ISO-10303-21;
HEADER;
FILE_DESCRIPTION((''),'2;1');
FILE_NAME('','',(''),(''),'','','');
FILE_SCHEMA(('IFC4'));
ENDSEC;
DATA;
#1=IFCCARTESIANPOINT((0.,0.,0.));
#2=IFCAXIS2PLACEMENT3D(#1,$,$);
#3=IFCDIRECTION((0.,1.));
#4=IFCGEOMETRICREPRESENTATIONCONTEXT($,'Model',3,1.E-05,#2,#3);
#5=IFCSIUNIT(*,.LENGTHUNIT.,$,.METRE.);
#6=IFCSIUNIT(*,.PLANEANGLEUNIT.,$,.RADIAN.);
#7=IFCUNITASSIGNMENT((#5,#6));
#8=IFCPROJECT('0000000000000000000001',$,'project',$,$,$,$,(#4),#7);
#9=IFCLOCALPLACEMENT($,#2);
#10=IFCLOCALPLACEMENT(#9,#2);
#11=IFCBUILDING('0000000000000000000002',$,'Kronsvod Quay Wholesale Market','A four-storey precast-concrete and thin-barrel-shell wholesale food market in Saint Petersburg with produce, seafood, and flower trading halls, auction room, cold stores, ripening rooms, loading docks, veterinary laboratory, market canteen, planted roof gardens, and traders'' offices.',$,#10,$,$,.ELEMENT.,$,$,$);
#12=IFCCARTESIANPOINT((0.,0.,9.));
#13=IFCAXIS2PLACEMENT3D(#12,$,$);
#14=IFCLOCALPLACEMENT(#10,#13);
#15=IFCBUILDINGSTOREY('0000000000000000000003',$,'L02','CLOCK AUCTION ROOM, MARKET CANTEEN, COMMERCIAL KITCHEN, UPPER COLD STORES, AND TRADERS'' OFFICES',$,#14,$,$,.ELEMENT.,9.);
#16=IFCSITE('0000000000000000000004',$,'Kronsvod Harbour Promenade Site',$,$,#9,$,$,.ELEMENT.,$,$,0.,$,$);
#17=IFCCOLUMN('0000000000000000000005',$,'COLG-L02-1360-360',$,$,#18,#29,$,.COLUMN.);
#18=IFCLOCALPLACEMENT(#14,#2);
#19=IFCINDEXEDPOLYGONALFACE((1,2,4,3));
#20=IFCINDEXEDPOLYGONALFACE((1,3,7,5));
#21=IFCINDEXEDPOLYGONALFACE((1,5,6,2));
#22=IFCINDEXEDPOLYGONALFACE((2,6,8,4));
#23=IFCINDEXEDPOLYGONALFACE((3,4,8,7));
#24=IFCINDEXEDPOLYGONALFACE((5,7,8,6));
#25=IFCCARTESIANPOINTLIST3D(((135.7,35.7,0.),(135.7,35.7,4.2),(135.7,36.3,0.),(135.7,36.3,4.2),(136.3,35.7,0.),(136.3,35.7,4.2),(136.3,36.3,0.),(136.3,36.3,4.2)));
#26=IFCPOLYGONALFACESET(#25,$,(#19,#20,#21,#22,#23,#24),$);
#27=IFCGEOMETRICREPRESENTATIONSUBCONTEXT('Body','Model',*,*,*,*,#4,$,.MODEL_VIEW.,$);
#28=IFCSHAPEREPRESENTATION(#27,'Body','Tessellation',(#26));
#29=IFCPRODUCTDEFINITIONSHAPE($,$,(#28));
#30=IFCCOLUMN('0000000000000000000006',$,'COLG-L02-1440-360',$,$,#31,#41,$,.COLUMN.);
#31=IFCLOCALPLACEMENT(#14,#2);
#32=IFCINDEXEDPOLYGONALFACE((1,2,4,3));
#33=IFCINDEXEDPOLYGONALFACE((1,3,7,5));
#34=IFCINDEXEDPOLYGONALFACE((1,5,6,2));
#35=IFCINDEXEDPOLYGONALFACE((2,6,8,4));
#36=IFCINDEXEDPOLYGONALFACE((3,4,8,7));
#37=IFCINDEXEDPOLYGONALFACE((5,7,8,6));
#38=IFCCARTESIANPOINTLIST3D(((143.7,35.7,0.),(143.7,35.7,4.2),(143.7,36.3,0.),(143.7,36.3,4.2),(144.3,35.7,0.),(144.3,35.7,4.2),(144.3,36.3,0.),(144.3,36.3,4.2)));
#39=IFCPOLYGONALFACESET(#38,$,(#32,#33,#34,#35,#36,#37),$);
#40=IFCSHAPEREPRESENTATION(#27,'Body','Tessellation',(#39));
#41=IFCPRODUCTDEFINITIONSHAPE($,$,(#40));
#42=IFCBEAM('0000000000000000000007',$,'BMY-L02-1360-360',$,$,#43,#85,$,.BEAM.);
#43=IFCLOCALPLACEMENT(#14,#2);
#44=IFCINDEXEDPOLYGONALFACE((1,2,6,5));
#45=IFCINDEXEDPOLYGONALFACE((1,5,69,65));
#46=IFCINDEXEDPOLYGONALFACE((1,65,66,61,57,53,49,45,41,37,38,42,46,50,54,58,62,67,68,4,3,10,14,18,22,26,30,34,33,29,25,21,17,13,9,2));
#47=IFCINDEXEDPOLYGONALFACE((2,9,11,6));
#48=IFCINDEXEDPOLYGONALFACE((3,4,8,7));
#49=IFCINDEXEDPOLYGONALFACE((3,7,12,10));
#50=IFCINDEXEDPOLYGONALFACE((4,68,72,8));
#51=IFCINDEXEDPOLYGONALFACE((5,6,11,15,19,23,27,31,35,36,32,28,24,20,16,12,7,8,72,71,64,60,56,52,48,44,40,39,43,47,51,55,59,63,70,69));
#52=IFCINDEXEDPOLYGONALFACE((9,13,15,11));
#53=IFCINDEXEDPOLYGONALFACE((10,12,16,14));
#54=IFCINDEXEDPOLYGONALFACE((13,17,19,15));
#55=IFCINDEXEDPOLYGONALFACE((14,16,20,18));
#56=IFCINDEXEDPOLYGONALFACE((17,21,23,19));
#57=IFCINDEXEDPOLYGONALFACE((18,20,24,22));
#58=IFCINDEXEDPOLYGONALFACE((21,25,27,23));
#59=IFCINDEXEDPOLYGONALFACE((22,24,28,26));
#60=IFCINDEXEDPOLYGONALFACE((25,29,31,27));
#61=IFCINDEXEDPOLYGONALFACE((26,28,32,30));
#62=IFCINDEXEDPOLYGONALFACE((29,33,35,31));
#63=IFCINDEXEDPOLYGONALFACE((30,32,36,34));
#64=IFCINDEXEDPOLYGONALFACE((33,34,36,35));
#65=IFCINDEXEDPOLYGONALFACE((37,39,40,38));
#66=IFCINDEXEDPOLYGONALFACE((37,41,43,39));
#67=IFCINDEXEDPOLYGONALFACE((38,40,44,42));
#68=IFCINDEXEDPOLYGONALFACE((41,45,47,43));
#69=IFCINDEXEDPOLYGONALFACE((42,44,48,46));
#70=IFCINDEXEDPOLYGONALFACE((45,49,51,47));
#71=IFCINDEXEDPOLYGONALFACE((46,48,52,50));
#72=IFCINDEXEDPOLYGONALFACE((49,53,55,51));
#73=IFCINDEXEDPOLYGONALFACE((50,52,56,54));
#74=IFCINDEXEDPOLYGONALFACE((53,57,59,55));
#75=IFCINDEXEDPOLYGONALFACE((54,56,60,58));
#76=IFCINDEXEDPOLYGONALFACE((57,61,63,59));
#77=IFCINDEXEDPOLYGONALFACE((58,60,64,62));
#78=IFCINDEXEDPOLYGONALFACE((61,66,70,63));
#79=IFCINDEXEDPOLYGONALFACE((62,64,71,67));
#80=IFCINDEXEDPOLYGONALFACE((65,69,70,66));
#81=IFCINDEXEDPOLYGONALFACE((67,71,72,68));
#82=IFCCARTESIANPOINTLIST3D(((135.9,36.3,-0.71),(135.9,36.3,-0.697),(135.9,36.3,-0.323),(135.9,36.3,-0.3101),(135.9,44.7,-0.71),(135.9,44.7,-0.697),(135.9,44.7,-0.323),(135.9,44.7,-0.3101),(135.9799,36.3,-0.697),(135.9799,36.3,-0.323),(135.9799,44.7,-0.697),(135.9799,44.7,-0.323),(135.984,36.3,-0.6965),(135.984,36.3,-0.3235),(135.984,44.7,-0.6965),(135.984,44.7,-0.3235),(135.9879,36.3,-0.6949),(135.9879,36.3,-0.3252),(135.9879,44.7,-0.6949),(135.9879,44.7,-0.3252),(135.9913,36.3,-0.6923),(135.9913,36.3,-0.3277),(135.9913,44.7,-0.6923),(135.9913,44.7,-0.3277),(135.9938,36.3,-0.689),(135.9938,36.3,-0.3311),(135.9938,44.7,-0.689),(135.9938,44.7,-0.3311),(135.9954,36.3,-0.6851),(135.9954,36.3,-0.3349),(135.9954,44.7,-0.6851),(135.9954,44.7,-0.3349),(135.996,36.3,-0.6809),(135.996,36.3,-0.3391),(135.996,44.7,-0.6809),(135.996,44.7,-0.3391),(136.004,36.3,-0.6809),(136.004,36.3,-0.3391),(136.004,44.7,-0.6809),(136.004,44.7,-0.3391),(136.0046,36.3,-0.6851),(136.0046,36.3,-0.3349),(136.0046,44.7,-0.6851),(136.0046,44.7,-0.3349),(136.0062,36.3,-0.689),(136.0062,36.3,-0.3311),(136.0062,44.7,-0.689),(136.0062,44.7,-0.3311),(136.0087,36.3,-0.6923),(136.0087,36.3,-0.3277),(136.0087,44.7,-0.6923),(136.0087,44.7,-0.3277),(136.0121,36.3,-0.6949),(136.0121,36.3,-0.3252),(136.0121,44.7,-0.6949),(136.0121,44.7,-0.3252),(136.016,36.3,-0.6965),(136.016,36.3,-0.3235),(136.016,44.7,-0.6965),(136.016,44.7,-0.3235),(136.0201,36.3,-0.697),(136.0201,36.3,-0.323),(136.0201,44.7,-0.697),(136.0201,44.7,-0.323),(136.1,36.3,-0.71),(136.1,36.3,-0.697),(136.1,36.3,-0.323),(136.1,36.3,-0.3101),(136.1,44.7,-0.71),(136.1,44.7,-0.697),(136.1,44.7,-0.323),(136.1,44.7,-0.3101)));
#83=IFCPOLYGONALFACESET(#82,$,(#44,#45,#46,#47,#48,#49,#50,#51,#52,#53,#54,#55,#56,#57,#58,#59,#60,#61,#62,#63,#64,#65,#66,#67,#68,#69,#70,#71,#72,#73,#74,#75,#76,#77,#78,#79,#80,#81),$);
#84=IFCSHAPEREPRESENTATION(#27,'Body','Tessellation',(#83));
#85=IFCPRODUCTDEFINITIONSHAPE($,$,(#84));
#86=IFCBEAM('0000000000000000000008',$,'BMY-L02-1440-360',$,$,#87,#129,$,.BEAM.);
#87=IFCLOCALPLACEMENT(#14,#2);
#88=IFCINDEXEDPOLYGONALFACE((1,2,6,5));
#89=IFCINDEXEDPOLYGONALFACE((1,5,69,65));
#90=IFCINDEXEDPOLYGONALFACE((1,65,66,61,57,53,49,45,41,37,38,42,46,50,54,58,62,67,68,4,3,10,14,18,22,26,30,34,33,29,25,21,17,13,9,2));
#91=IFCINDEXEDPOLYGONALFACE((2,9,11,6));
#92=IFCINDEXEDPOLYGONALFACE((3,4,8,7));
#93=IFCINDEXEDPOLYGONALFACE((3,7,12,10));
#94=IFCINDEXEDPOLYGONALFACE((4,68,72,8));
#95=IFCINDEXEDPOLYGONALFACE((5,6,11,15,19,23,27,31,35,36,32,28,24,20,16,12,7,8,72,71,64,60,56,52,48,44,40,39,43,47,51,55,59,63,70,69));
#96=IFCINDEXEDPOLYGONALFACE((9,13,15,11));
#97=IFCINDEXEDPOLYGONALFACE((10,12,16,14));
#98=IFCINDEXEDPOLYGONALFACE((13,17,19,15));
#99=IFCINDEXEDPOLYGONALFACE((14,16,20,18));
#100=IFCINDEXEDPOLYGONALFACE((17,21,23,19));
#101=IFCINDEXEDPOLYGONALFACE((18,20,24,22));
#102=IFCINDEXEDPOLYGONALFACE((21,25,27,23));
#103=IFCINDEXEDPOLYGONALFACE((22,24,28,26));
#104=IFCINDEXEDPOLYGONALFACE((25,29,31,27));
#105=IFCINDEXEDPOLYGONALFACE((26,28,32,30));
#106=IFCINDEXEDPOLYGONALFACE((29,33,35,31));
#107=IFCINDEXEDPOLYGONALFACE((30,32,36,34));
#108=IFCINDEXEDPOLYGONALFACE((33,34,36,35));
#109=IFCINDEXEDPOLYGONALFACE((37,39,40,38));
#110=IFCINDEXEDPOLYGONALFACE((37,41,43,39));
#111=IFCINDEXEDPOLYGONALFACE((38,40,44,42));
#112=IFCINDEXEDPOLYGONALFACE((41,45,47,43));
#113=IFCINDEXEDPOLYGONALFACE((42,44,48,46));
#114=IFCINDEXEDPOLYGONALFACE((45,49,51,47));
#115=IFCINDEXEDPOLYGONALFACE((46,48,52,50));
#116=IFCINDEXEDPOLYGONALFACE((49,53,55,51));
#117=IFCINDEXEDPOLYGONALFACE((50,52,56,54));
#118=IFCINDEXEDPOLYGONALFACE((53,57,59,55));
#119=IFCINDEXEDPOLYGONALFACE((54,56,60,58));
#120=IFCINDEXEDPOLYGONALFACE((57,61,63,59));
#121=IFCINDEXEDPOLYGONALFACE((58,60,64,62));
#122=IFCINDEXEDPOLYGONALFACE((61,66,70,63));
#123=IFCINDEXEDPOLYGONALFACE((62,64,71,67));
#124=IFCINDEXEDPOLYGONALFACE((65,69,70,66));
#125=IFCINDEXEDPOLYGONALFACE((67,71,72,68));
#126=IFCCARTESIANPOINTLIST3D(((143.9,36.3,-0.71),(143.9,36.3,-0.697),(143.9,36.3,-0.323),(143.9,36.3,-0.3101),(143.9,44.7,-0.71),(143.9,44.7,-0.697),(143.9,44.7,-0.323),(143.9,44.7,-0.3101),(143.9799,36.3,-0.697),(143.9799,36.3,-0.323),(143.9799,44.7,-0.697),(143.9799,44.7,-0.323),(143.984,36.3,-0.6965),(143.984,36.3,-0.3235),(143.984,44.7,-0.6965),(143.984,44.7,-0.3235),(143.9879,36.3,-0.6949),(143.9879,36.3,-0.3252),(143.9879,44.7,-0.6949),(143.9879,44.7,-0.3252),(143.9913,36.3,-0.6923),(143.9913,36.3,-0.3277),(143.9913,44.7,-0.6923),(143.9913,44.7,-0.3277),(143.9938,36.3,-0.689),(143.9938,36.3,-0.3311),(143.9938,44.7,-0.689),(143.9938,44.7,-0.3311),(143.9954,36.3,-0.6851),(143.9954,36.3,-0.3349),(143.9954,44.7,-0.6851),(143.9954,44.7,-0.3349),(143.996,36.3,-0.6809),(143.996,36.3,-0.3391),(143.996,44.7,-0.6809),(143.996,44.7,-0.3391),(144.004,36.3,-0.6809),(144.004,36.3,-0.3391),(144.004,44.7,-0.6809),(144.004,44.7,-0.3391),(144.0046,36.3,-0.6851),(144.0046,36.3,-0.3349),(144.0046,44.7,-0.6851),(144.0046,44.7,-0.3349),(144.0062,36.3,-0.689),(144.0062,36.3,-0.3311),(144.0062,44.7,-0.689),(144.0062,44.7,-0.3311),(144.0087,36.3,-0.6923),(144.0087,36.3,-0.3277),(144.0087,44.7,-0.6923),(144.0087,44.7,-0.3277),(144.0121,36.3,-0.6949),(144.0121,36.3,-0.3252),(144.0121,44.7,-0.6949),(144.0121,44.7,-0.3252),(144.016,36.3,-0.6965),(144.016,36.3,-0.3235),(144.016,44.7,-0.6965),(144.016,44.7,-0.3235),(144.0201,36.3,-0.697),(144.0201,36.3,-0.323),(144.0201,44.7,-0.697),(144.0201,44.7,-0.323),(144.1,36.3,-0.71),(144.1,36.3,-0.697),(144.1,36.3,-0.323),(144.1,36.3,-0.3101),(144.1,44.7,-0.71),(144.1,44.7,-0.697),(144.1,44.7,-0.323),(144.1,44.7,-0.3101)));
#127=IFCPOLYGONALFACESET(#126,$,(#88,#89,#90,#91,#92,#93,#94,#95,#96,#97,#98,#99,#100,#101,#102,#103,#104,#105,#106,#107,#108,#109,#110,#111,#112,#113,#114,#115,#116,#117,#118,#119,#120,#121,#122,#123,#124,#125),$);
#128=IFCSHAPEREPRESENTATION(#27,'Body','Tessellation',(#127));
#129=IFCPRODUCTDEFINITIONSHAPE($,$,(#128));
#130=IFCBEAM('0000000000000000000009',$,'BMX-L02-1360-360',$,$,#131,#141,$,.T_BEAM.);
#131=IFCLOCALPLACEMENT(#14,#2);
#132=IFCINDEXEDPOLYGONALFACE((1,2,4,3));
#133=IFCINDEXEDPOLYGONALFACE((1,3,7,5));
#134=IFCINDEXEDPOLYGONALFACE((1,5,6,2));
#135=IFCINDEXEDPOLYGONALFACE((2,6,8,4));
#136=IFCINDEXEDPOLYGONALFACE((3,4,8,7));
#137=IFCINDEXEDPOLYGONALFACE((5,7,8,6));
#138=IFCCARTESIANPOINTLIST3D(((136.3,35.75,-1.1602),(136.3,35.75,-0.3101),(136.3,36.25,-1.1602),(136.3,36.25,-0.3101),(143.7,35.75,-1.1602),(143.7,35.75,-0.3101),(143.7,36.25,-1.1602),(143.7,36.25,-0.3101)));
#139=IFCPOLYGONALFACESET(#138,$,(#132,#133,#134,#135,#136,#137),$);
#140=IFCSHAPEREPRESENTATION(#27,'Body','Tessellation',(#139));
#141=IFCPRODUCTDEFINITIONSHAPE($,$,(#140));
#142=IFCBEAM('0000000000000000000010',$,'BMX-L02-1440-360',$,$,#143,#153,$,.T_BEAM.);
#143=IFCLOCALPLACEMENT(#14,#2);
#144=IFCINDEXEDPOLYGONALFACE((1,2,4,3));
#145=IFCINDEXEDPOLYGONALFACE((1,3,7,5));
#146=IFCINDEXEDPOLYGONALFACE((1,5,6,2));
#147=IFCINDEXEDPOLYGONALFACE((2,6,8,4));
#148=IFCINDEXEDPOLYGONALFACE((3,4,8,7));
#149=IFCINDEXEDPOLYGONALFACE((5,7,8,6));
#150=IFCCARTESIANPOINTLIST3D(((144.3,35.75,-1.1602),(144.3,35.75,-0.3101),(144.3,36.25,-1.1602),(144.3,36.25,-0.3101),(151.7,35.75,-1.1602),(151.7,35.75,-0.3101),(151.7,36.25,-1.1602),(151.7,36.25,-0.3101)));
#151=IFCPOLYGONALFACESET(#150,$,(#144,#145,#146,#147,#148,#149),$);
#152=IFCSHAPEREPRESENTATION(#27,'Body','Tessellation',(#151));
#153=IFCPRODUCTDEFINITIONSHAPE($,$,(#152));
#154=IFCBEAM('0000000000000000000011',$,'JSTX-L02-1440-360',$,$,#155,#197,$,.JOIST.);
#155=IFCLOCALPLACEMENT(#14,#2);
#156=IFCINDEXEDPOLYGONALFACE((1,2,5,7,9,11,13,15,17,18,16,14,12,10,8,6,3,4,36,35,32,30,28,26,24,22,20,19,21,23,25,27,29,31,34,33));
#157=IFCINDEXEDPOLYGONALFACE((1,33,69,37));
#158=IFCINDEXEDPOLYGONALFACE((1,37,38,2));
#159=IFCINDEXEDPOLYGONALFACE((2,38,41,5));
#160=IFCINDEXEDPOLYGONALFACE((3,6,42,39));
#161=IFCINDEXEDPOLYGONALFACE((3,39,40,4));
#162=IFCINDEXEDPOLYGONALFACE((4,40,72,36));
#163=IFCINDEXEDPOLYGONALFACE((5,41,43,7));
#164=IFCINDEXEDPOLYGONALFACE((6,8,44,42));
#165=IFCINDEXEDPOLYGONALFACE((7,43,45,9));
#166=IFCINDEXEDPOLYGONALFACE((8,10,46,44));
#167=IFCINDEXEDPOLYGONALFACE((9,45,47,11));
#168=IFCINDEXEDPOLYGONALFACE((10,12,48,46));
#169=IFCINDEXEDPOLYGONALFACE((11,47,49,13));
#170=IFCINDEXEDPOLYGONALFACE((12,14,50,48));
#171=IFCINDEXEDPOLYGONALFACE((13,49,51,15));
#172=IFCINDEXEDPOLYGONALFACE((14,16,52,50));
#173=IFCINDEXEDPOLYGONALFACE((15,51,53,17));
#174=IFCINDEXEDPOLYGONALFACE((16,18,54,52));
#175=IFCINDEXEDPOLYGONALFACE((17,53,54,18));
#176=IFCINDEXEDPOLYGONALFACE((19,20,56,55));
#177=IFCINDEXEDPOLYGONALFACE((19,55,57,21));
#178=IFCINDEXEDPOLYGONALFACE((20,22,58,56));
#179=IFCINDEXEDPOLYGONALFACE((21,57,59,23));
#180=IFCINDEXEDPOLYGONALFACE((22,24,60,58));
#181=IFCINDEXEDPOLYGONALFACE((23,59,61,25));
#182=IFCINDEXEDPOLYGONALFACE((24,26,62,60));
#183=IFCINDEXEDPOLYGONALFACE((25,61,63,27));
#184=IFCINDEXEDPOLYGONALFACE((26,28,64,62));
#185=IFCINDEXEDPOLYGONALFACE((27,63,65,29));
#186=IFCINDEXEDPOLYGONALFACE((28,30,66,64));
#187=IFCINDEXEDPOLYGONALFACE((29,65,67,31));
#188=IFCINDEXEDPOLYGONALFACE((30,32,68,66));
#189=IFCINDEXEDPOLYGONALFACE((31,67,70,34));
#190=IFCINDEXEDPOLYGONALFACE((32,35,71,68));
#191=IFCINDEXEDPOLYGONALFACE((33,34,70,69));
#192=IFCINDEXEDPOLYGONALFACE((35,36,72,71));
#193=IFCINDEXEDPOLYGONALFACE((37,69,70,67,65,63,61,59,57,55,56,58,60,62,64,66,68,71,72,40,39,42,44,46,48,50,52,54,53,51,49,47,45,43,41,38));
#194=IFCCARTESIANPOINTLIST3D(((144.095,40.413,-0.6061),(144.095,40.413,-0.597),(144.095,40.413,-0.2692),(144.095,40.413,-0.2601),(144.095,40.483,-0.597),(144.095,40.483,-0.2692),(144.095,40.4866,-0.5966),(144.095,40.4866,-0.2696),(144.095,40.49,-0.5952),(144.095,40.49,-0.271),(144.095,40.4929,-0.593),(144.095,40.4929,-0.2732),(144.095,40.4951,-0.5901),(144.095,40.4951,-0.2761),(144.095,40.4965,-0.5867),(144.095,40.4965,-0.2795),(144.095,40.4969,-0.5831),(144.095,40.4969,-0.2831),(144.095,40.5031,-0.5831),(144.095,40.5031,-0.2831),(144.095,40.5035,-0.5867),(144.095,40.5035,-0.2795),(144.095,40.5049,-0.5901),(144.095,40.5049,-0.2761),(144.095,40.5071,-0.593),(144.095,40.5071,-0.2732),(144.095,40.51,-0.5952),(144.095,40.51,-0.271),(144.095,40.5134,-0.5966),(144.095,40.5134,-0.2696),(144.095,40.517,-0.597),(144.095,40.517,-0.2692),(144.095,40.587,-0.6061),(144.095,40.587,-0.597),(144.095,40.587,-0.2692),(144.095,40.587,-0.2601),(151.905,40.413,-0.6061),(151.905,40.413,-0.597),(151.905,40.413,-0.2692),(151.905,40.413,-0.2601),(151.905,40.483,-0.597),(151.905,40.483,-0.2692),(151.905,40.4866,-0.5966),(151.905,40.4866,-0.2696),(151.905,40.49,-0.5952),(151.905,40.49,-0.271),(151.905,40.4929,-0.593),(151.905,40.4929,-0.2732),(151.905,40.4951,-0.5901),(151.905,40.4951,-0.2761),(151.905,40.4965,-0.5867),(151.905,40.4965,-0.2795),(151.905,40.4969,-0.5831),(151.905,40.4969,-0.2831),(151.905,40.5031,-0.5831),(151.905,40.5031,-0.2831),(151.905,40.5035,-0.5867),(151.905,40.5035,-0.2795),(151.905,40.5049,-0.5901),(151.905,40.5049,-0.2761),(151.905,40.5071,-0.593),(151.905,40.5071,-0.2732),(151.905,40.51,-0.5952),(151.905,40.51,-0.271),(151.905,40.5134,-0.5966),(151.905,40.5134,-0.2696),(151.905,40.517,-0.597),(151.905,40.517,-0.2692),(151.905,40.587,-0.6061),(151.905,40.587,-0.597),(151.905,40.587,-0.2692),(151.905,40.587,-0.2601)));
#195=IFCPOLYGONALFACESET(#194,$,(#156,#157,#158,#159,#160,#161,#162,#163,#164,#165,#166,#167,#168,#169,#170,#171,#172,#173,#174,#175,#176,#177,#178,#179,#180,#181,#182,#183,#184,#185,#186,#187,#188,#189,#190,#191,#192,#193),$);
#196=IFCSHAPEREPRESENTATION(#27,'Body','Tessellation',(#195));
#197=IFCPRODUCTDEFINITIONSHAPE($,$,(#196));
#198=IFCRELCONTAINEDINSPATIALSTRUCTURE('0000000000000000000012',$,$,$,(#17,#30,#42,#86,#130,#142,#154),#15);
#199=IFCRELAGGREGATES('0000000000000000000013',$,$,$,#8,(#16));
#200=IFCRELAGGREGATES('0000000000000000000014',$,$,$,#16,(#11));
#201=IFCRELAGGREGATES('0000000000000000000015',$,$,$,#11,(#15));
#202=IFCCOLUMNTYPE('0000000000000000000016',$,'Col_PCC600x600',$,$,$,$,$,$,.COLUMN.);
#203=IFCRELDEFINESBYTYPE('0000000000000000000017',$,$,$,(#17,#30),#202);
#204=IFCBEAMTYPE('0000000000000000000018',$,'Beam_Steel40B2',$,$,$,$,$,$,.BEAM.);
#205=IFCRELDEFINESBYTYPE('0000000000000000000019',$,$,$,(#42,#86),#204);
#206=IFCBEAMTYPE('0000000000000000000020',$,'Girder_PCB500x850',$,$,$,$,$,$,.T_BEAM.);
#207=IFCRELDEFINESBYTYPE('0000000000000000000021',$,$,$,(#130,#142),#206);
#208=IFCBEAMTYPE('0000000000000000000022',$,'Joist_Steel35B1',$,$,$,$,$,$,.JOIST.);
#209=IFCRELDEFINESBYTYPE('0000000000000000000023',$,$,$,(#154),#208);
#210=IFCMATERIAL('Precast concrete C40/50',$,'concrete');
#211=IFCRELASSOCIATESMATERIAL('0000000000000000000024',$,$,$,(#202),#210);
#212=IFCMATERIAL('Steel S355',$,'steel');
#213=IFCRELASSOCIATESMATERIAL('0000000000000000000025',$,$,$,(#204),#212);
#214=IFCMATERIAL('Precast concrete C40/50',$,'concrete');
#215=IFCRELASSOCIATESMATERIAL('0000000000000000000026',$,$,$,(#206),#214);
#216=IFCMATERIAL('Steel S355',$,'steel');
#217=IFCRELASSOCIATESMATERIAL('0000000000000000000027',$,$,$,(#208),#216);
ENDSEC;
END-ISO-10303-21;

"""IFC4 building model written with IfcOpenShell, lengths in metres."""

from ifc_helpers import new_model, si_unit, direction, frame, origin, origin_2d, place, context, subcontext, project, spatial, rectangle, i_section, extrude, material, material_profile, profile_set, type_object, element, save


model = new_model("IFC4")

# Units and contexts
model_context = context("Model", 3, precision=1e-05, world=origin(), true_north=direction((0.0, 1.0)))
body_context = subcontext(model_context, "Body", "Model", "MODEL_VIEW")
ifc_project = project(units=[si_unit("LENGTHUNIT", "METRE"), si_unit("PLANEANGLEUNIT", "RADIAN")], contexts=[model_context])

# Site, building, storey
site_placement = place(None, origin())
site = spatial("IfcSite", under=ifc_project, at=site_placement, Name="Kronsvod Harbour Promenade Site", CompositionType="ELEMENT", RefElevation=0.0)
building_placement = place(site_placement, origin())
building = spatial("IfcBuilding", under=site, at=building_placement, Name="Kronsvod Quay Wholesale Market", Description="A four-storey precast-concrete and thin-barrel-shell wholesale food market in Saint Petersburg with produce, seafood, and flower trading halls, auction room, cold stores, ripening rooms, loading docks, veterinary laboratory, market canteen, planted roof gardens, and traders' offices.", CompositionType="ELEMENT")
storey_placement = place(building_placement, frame((0.0, 0.0, 9.0)))
storey = spatial("IfcBuildingStorey", under=building, at=storey_placement, Name="L02", Description="CLOCK AUCTION ROOM, MARKET CANTEEN, COMMERCIAL KITCHEN, UPPER COLD STORES, AND TRADERS' OFFICES", CompositionType="ELEMENT", Elevation=9.0)

# Columns
ifc_material_1 = material(Name="Precast concrete C40/50", Category="concrete")
ifc_material_profile_1 = material_profile(ifc_material_1, rectangle(XDim=0.6001, YDim=0.6001, at=origin_2d()), Name="PCC600x600")
ifc_profile_set_1 = profile_set([ifc_material_profile_1], Name="Precast concrete C40/50")
column_type = type_object("IfcColumnType", Name="Col_PCC600x600", PredefinedType="COLUMN", material=ifc_profile_set_1)
for number, where, z_axis, x_axis, name in (
    (1, (136.0, 36.0, 0.0), (0.0, 0.0, 1.0), (1.0, 0.0, 0.0), "COLG-L02-1360-360"),
    (2, (144.0, 36.0, 0.0), (0.0, 0.0, 1.0), (1.0, 0.0, 0.0), "COLG-L02-1440-360"),
):
    element("IfcColumn", number, at=place(storey_placement, frame(where, z_axis=z_axis, x_axis=x_axis)), inside=storey, type_object=column_type, Name=name, PredefinedType="COLUMN", context=body_context, shape_type="SweptSolid", body=[
        extrude(rectangle(XDim=0.6001, YDim=0.6001, at=origin_2d()), origin(), (0.0, 0.0, 1.0), 4.2),
    ])

# Beams
ifc_material_2 = material(Name="Steel S355", Category="steel")
ifc_material_profile_2 = material_profile(ifc_material_2, i_section(OverallWidth=0.2, OverallDepth=0.3999, WebThickness=0.0081, FlangeThickness=0.0129, FilletRadius=0.0161, at=origin_2d()), Name="40B2")
ifc_profile_set_2 = profile_set([ifc_material_profile_2], Name="Steel S355")
beam_type_1 = type_object("IfcBeamType", Name="Beam_Steel40B2", PredefinedType="BEAM", material=ifc_profile_set_2)
for number, where, z_axis, x_axis, name in (
    (3, (136.0, 36.3, -0.51), (0.0, 1.0, 0.0), (-1.0, 0.0, 0.0), "BMY-L02-1360-360"),
    (4, (144.0, 36.3, -0.51), (0.0, 1.0, 0.0), (-1.0, 0.0, 0.0), "BMY-L02-1440-360"),
):
    element("IfcBeam", number, at=place(storey_placement, frame(where, z_axis=z_axis, x_axis=x_axis)), inside=storey, type_object=beam_type_1, Name=name, PredefinedType="BEAM", context=body_context, shape_type="SweptSolid", body=[
        extrude(i_section(OverallWidth=0.2, OverallDepth=0.3999, WebThickness=0.0081, FlangeThickness=0.0129, FilletRadius=0.0161, at=origin_2d()), origin(), (0.0, 0.0, 1.0), 8.3999),
    ])
ifc_material_3 = material(Name="Precast concrete C40/50", Category="concrete")
ifc_material_profile_3 = material_profile(ifc_material_3, rectangle(XDim=0.5, YDim=0.8501, at=origin_2d()), Name="PCB500x850")
ifc_profile_set_3 = profile_set([ifc_material_profile_3], Name="Precast concrete C40/50")
beam_type_2 = type_object("IfcBeamType", Name="Girder_PCB500x850", PredefinedType="T_BEAM", material=ifc_profile_set_3)
for number, where, z_axis, x_axis, name in (
    (5, (136.3, 36.0, -0.7351), (1.0, 0.0, 0.0), (0.0, 1.0, 0.0), "BMX-L02-1360-360"),
    (6, (144.3, 36.0, -0.7351), (1.0, 0.0, 0.0), (0.0, 1.0, 0.0), "BMX-L02-1440-360"),
):
    element("IfcBeam", number, at=place(storey_placement, frame(where, z_axis=z_axis, x_axis=x_axis)), inside=storey, type_object=beam_type_2, Name=name, PredefinedType="T_BEAM", context=body_context, shape_type="SweptSolid", body=[
        extrude(rectangle(XDim=0.5, YDim=0.8501, at=origin_2d()), origin(), (0.0, 0.0, 1.0), 7.3999),
    ])
ifc_material_4 = material(Name="Steel S355", Category="steel")
ifc_material_profile_4 = material_profile(ifc_material_4, i_section(OverallWidth=0.1741, OverallDepth=0.3459, WebThickness=0.0061, FlangeThickness=0.009, FilletRadius=0.0139, at=origin_2d()), Name="35B1")
ifc_profile_set_4 = profile_set([ifc_material_profile_4], Name="Steel S355")
beam_type_3 = type_object("IfcBeamType", Name="Joist_Steel35B1", PredefinedType="JOIST", material=ifc_profile_set_4)
beam_placement = place(storey_placement, frame((144.095, 40.5, -0.4331), z_axis=(1.0, 0.0, 0.0), x_axis=(0.0, 1.0, 0.0)))
element("IfcBeam", 7, at=beam_placement, inside=storey, type_object=beam_type_3, Name="JSTX-L02-1440-360", PredefinedType="JOIST", context=body_context, shape_type="SweptSolid", body=[
    extrude(i_section(OverallWidth=0.1741, OverallDepth=0.3459, WebThickness=0.0061, FlangeThickness=0.009, FilletRadius=0.0139, at=origin_2d()), origin(), (0.0, 0.0, 1.0), 7.8101),
])

save(model, "model.ifc")
